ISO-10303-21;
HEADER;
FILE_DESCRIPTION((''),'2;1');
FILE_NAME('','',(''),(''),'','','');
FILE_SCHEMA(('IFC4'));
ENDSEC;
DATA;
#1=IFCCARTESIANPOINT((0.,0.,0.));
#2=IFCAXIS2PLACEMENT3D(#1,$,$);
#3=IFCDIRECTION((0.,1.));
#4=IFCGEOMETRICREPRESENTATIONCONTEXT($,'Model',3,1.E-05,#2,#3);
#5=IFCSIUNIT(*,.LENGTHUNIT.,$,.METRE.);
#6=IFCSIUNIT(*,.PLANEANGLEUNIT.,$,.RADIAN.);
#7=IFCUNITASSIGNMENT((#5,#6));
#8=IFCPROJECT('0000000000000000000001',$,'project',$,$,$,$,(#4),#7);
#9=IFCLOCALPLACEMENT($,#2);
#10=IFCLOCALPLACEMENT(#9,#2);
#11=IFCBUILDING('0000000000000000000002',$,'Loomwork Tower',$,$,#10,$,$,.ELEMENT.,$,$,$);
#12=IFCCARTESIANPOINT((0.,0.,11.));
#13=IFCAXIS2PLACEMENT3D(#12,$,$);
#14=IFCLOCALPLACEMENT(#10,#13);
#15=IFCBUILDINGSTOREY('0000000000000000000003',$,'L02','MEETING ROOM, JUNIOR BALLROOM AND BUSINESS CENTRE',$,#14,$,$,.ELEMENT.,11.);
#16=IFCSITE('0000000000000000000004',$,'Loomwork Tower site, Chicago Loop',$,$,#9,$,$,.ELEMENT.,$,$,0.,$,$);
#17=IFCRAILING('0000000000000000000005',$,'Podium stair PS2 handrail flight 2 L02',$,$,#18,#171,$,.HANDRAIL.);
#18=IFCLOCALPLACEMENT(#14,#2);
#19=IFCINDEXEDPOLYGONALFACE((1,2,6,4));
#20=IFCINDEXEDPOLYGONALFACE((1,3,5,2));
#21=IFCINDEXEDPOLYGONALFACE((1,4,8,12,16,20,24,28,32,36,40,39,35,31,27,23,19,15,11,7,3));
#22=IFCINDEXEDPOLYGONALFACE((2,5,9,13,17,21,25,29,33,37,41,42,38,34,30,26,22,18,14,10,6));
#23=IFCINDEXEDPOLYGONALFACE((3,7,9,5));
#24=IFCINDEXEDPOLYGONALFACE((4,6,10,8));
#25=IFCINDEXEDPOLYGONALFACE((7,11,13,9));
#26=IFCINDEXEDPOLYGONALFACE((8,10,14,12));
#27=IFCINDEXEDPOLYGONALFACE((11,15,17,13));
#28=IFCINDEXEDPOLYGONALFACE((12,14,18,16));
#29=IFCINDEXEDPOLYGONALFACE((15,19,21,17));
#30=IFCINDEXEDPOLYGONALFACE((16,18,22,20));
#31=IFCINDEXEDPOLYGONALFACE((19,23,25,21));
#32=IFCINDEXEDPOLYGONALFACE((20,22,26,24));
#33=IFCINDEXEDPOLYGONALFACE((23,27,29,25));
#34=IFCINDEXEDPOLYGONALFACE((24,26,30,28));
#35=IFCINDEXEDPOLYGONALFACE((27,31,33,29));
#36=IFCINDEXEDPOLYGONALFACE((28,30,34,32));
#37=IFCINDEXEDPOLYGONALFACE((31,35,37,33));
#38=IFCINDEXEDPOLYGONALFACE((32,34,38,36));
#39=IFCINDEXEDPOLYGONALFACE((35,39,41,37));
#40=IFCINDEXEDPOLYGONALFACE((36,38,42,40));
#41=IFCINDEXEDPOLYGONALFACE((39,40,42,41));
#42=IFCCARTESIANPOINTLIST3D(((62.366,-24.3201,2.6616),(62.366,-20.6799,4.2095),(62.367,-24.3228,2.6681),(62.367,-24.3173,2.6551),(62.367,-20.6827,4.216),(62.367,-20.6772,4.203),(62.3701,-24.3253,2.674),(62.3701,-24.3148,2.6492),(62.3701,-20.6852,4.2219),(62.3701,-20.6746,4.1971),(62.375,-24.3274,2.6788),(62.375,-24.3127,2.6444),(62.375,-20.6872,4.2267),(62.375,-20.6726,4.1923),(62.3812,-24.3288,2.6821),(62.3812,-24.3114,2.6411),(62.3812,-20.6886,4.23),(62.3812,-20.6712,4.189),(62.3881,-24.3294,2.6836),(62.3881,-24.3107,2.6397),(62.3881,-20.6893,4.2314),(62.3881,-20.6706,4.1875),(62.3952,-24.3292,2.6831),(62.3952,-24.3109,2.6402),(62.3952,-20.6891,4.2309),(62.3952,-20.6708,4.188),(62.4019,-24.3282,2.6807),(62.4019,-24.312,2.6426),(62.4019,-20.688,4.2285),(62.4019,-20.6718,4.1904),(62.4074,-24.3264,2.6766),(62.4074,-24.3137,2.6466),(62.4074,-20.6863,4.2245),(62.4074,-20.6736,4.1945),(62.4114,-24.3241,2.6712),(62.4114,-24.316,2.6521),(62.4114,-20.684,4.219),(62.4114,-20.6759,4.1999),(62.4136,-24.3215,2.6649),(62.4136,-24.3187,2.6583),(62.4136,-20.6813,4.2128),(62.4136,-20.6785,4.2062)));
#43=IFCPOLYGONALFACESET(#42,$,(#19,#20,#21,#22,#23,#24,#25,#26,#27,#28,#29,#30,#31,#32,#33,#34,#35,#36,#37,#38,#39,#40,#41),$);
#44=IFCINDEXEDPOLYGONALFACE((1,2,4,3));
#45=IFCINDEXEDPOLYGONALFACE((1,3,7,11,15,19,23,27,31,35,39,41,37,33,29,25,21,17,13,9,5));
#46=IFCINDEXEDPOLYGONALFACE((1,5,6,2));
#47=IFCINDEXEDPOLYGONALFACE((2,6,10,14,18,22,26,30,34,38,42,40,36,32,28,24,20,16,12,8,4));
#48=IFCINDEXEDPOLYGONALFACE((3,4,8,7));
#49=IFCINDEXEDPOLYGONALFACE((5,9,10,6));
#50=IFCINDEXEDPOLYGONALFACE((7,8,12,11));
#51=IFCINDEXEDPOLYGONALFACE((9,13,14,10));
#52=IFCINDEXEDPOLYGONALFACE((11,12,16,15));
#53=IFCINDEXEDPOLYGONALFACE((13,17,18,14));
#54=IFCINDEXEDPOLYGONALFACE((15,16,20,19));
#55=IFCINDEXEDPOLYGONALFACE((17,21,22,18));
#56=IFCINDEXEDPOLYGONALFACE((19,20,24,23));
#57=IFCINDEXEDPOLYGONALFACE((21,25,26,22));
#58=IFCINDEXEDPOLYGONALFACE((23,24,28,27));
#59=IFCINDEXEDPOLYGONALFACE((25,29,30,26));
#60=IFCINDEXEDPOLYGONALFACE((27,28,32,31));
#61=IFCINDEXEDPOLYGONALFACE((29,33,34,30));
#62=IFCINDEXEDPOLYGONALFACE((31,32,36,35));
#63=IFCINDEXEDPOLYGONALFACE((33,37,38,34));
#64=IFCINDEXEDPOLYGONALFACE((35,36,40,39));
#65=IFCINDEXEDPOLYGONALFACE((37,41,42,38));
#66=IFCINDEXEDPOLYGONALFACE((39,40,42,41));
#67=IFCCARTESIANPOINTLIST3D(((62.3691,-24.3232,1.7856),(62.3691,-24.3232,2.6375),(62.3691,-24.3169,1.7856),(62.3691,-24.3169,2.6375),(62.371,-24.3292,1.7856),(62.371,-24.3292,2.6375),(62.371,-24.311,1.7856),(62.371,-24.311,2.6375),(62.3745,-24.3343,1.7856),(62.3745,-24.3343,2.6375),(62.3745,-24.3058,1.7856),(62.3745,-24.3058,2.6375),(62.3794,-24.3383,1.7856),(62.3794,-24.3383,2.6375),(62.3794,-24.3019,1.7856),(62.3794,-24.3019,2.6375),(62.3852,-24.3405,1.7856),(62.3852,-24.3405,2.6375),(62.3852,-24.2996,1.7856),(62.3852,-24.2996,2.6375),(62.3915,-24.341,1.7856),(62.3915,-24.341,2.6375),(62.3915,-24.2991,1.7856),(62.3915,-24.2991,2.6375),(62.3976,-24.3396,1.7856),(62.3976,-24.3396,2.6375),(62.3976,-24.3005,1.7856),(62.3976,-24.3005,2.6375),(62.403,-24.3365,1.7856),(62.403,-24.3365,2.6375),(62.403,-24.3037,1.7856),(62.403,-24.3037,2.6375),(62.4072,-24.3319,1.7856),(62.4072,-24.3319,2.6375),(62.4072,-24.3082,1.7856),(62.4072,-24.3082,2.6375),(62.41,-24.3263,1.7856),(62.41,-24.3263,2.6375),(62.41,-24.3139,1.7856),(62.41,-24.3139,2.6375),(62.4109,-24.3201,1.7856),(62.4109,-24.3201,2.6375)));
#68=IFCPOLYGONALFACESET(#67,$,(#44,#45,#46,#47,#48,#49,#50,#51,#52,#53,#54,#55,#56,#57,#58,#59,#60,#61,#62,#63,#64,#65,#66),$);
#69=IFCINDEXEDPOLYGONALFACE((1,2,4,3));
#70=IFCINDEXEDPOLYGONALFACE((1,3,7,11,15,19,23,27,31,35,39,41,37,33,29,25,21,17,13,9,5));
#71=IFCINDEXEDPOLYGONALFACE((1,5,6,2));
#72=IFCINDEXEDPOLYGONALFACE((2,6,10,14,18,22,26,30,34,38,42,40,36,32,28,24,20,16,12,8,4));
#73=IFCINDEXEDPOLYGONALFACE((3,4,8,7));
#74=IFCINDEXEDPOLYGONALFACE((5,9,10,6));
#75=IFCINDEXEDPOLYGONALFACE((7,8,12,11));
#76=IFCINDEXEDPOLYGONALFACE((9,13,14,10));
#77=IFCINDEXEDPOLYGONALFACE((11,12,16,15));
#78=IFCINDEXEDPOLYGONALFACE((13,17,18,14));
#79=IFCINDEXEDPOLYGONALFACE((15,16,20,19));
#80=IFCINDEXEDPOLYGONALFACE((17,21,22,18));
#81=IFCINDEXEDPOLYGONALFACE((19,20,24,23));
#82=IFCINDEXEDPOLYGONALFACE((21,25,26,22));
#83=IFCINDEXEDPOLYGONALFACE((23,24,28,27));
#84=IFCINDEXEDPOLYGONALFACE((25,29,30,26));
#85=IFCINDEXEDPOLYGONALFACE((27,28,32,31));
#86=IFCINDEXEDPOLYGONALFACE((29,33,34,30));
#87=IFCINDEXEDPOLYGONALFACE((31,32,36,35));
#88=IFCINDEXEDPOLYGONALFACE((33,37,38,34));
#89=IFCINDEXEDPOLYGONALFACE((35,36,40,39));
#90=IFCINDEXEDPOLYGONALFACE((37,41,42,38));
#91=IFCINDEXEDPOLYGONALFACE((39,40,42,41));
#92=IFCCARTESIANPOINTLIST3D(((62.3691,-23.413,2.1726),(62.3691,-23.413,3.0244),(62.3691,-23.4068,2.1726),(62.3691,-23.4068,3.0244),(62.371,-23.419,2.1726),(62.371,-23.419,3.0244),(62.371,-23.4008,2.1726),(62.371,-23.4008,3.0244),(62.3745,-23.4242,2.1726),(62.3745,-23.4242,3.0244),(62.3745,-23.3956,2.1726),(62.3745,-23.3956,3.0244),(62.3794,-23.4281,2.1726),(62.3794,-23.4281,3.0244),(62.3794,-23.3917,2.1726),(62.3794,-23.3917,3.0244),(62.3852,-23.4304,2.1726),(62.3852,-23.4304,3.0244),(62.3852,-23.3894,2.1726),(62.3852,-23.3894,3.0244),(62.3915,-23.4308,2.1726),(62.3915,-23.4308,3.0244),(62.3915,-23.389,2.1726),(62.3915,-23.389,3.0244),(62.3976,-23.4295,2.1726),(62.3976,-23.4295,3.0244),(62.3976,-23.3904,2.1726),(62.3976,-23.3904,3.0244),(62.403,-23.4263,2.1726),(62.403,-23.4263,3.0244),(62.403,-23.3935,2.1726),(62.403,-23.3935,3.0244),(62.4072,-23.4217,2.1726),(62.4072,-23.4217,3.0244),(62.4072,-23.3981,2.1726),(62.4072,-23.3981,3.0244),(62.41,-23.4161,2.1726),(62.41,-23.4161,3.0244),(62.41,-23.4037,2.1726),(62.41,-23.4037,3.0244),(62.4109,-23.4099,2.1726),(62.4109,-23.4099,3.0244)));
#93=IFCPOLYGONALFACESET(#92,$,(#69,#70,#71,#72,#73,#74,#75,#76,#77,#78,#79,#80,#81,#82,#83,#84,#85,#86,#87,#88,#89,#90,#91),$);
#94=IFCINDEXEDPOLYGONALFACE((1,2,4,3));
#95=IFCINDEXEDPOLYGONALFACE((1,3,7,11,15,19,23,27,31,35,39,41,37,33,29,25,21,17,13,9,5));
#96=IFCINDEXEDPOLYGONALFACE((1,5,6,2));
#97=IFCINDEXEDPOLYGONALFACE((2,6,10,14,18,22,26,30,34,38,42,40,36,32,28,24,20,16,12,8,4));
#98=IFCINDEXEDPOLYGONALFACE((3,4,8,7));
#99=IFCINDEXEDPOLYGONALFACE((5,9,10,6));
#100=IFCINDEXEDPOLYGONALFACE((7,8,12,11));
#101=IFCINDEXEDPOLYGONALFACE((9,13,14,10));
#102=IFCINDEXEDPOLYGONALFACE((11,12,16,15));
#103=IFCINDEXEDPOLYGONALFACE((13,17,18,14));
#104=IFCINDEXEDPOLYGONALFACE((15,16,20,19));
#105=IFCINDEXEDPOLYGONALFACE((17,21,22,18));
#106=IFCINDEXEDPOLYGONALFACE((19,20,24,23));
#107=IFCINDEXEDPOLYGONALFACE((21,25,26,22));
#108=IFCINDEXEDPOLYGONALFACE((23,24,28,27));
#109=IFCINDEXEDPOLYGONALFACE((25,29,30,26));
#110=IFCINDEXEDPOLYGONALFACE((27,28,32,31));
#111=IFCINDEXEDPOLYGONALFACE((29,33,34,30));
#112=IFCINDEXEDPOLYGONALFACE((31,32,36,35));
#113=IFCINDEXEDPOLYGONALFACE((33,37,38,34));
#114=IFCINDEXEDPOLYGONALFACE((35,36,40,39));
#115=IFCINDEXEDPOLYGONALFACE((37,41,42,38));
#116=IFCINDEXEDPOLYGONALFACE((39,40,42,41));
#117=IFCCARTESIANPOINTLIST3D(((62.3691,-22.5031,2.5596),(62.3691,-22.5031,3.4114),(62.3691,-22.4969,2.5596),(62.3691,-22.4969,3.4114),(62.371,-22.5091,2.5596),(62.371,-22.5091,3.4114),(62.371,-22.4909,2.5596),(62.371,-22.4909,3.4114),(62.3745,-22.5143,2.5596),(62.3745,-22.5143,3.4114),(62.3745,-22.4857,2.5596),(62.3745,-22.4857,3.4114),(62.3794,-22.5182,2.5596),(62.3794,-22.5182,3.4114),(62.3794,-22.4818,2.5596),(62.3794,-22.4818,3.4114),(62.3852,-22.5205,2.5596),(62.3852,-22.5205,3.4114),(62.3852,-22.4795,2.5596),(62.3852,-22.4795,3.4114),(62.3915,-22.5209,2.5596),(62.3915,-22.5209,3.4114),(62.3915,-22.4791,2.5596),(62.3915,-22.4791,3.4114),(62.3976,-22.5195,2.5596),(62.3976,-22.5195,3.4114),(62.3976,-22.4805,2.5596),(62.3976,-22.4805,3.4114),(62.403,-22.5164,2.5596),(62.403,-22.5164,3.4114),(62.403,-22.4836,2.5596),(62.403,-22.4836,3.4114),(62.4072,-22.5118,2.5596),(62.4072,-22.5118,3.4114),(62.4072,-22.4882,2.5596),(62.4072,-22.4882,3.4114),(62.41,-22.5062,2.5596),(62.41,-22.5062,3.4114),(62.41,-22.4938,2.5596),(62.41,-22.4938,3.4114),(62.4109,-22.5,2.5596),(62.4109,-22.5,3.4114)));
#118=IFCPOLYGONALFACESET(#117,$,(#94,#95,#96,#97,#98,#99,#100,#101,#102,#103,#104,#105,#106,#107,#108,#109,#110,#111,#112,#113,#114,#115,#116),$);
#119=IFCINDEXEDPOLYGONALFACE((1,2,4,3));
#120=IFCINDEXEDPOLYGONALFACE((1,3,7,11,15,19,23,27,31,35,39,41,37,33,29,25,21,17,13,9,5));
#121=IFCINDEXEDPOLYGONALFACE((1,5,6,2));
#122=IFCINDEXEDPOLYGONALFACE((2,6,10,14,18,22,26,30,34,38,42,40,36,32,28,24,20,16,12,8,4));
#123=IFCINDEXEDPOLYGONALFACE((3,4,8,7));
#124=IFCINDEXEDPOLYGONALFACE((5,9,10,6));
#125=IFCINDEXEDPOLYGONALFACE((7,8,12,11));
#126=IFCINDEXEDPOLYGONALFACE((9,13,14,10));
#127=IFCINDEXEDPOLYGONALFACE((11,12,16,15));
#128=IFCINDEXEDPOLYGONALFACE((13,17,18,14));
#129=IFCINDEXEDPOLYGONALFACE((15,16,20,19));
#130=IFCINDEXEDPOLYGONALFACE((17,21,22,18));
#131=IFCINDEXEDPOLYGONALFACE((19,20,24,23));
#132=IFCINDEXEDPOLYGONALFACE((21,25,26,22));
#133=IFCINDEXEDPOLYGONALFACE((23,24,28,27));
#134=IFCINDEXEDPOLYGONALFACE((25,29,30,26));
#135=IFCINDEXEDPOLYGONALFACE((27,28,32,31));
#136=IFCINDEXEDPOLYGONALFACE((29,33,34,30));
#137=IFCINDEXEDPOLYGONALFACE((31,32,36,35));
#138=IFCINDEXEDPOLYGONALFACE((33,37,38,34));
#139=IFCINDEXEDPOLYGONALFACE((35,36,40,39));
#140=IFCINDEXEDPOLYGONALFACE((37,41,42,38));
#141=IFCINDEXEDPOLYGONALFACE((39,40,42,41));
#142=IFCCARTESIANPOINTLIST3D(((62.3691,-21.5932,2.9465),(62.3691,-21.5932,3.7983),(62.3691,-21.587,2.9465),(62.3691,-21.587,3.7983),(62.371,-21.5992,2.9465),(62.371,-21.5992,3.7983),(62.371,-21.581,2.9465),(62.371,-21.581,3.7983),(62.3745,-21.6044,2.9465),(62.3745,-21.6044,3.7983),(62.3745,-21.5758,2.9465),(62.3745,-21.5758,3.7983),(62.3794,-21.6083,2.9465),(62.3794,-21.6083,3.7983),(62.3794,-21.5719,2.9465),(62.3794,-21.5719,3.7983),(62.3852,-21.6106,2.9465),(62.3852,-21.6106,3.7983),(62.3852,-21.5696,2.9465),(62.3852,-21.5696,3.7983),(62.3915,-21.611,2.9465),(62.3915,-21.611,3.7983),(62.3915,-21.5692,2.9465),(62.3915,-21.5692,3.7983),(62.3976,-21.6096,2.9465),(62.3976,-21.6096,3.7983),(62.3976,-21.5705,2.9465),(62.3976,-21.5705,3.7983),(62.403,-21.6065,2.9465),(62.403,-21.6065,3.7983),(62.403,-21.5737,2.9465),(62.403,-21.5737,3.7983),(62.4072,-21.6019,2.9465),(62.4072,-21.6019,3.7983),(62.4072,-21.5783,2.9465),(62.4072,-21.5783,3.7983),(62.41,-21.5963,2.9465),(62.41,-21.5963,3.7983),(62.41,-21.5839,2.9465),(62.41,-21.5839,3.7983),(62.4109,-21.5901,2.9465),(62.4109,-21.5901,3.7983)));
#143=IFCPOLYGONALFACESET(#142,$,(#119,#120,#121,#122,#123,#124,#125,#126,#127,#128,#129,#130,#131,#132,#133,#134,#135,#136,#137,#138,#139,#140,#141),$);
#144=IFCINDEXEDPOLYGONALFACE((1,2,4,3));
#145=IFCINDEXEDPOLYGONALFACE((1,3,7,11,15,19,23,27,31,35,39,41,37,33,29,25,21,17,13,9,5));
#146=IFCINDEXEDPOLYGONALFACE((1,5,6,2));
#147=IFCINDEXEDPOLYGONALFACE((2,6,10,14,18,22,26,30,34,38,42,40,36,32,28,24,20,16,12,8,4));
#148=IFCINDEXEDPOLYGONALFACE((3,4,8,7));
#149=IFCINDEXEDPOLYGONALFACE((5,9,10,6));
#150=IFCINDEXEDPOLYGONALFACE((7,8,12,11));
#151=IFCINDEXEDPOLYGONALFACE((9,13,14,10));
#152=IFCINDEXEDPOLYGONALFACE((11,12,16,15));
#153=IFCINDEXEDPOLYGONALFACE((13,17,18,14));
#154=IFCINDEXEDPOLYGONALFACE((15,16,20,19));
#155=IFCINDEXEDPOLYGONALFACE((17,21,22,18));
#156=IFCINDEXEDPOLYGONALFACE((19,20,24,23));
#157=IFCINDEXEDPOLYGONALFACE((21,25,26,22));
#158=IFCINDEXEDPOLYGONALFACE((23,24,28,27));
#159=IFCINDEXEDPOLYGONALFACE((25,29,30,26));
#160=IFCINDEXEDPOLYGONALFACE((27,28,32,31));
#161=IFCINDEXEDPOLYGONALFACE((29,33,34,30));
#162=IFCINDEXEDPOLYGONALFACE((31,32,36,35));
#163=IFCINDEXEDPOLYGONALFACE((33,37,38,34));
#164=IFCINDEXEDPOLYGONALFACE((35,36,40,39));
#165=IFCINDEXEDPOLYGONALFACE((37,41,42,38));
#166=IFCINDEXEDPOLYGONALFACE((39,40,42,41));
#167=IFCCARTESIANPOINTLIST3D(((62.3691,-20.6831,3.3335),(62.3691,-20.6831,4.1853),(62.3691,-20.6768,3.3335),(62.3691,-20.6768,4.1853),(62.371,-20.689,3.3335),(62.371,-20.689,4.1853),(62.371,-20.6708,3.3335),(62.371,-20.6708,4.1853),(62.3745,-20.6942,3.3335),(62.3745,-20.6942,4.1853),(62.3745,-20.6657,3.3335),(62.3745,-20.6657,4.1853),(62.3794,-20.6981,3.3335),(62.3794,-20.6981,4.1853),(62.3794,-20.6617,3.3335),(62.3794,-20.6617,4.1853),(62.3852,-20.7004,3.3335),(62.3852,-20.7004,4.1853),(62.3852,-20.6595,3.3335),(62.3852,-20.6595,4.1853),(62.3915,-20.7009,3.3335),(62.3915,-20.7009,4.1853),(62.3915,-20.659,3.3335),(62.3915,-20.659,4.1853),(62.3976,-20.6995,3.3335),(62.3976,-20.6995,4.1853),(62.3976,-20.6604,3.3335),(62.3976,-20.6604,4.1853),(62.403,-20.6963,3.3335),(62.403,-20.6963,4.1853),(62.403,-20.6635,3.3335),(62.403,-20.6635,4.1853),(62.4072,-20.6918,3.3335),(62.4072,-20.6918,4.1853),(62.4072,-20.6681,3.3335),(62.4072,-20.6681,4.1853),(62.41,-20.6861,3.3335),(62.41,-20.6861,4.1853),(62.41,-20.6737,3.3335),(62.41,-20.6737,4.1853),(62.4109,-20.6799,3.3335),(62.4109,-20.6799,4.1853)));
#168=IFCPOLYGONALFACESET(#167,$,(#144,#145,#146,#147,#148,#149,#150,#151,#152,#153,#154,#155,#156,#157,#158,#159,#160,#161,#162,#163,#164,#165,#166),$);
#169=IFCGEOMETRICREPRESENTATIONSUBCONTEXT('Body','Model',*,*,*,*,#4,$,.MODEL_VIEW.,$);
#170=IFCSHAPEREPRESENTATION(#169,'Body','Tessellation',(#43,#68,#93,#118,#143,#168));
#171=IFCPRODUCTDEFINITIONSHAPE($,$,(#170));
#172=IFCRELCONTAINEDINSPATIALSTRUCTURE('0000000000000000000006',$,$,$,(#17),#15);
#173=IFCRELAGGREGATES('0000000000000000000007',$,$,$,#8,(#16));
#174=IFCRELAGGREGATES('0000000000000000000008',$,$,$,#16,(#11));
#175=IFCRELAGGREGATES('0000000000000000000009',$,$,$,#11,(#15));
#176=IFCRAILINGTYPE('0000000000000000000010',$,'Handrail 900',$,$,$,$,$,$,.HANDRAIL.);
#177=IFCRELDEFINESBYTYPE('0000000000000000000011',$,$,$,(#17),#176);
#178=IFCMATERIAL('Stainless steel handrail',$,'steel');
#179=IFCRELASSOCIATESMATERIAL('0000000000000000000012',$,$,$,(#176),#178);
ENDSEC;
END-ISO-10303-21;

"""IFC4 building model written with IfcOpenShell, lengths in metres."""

from ifc_helpers import new_model, si_unit, direction, frame, origin, origin_2d, place, context, subcontext, project, spatial, circle, extrude, material, type_object, element, save


model = new_model("IFC4")

# Units and contexts
model_context = context("Model", 3, precision=1e-05, world=origin(), true_north=direction((0.0, 1.0)))
body_context = subcontext(model_context, "Body", "Model", "MODEL_VIEW")
ifc_project = project(units=[si_unit("LENGTHUNIT", "METRE"), si_unit("PLANEANGLEUNIT", "RADIAN")], contexts=[model_context])

# Site, building, storey
site_placement = place(None, origin())
site = spatial("IfcSite", under=ifc_project, at=site_placement, Name="Loomwork Tower site, Chicago Loop", CompositionType="ELEMENT", RefElevation=0.0)
building_placement = place(site_placement, origin())
building = spatial("IfcBuilding", under=site, at=building_placement, Name="Loomwork Tower", CompositionType="ELEMENT")
storey_placement = place(building_placement, frame((0.0, 0.0, 11.0)))
storey = spatial("IfcBuildingStorey", under=building, at=storey_placement, Name="L02", Description="MEETING ROOM, JUNIOR BALLROOM AND BUSINESS CENTRE", CompositionType="ELEMENT", Elevation=11.0)

# Railing
ifc_material_1 = material(Name="Stainless steel handrail", Category="steel")
railing_type = type_object("IfcRailingType", Name="Handrail 900", PredefinedType="HANDRAIL", material=ifc_material_1)
railing_1_placement = place(storey_placement, frame((62.3899, -24.3201, 1.7856)))
element("IfcRailing", 1, at=railing_1_placement, inside=storey, type_object=railing_type, Name="Podium stair PS2 handrail flight 2 L02", PredefinedType="HANDRAIL", context=body_context, shape_type="SweptSolid", body=[
    extrude(circle(Radius=0.0239, at=origin_2d()), frame((0.0, 0.0, 0.876), z_axis=(0.0, 0.920259, 0.391311), x_axis=(-1.0, 0.0, 0.0)), (0.0, 0.0, 1.0), 3.9556),
    extrude(circle(Radius=0.021, at=origin_2d()), origin(), (0.0, 0.0, 1.0), 0.8518),
    extrude(circle(Radius=0.021, at=origin_2d()), frame((0.0, 0.9102, 0.387)), (0.0, 0.0, 1.0), 0.8518),
    extrude(circle(Radius=0.021, at=origin_2d()), frame((0.0, 1.8201, 0.7739)), (0.0, 0.0, 1.0), 0.8518),
    extrude(circle(Radius=0.021, at=origin_2d()), frame((0.0, 2.73, 1.1609)), (0.0, 0.0, 1.0), 0.8518),
    extrude(circle(Radius=0.021, at=origin_2d()), frame((0.0, 3.6401, 1.5479)), (0.0, 0.0, 1.0), 0.8518),
])

save(model, "model.ifc")
